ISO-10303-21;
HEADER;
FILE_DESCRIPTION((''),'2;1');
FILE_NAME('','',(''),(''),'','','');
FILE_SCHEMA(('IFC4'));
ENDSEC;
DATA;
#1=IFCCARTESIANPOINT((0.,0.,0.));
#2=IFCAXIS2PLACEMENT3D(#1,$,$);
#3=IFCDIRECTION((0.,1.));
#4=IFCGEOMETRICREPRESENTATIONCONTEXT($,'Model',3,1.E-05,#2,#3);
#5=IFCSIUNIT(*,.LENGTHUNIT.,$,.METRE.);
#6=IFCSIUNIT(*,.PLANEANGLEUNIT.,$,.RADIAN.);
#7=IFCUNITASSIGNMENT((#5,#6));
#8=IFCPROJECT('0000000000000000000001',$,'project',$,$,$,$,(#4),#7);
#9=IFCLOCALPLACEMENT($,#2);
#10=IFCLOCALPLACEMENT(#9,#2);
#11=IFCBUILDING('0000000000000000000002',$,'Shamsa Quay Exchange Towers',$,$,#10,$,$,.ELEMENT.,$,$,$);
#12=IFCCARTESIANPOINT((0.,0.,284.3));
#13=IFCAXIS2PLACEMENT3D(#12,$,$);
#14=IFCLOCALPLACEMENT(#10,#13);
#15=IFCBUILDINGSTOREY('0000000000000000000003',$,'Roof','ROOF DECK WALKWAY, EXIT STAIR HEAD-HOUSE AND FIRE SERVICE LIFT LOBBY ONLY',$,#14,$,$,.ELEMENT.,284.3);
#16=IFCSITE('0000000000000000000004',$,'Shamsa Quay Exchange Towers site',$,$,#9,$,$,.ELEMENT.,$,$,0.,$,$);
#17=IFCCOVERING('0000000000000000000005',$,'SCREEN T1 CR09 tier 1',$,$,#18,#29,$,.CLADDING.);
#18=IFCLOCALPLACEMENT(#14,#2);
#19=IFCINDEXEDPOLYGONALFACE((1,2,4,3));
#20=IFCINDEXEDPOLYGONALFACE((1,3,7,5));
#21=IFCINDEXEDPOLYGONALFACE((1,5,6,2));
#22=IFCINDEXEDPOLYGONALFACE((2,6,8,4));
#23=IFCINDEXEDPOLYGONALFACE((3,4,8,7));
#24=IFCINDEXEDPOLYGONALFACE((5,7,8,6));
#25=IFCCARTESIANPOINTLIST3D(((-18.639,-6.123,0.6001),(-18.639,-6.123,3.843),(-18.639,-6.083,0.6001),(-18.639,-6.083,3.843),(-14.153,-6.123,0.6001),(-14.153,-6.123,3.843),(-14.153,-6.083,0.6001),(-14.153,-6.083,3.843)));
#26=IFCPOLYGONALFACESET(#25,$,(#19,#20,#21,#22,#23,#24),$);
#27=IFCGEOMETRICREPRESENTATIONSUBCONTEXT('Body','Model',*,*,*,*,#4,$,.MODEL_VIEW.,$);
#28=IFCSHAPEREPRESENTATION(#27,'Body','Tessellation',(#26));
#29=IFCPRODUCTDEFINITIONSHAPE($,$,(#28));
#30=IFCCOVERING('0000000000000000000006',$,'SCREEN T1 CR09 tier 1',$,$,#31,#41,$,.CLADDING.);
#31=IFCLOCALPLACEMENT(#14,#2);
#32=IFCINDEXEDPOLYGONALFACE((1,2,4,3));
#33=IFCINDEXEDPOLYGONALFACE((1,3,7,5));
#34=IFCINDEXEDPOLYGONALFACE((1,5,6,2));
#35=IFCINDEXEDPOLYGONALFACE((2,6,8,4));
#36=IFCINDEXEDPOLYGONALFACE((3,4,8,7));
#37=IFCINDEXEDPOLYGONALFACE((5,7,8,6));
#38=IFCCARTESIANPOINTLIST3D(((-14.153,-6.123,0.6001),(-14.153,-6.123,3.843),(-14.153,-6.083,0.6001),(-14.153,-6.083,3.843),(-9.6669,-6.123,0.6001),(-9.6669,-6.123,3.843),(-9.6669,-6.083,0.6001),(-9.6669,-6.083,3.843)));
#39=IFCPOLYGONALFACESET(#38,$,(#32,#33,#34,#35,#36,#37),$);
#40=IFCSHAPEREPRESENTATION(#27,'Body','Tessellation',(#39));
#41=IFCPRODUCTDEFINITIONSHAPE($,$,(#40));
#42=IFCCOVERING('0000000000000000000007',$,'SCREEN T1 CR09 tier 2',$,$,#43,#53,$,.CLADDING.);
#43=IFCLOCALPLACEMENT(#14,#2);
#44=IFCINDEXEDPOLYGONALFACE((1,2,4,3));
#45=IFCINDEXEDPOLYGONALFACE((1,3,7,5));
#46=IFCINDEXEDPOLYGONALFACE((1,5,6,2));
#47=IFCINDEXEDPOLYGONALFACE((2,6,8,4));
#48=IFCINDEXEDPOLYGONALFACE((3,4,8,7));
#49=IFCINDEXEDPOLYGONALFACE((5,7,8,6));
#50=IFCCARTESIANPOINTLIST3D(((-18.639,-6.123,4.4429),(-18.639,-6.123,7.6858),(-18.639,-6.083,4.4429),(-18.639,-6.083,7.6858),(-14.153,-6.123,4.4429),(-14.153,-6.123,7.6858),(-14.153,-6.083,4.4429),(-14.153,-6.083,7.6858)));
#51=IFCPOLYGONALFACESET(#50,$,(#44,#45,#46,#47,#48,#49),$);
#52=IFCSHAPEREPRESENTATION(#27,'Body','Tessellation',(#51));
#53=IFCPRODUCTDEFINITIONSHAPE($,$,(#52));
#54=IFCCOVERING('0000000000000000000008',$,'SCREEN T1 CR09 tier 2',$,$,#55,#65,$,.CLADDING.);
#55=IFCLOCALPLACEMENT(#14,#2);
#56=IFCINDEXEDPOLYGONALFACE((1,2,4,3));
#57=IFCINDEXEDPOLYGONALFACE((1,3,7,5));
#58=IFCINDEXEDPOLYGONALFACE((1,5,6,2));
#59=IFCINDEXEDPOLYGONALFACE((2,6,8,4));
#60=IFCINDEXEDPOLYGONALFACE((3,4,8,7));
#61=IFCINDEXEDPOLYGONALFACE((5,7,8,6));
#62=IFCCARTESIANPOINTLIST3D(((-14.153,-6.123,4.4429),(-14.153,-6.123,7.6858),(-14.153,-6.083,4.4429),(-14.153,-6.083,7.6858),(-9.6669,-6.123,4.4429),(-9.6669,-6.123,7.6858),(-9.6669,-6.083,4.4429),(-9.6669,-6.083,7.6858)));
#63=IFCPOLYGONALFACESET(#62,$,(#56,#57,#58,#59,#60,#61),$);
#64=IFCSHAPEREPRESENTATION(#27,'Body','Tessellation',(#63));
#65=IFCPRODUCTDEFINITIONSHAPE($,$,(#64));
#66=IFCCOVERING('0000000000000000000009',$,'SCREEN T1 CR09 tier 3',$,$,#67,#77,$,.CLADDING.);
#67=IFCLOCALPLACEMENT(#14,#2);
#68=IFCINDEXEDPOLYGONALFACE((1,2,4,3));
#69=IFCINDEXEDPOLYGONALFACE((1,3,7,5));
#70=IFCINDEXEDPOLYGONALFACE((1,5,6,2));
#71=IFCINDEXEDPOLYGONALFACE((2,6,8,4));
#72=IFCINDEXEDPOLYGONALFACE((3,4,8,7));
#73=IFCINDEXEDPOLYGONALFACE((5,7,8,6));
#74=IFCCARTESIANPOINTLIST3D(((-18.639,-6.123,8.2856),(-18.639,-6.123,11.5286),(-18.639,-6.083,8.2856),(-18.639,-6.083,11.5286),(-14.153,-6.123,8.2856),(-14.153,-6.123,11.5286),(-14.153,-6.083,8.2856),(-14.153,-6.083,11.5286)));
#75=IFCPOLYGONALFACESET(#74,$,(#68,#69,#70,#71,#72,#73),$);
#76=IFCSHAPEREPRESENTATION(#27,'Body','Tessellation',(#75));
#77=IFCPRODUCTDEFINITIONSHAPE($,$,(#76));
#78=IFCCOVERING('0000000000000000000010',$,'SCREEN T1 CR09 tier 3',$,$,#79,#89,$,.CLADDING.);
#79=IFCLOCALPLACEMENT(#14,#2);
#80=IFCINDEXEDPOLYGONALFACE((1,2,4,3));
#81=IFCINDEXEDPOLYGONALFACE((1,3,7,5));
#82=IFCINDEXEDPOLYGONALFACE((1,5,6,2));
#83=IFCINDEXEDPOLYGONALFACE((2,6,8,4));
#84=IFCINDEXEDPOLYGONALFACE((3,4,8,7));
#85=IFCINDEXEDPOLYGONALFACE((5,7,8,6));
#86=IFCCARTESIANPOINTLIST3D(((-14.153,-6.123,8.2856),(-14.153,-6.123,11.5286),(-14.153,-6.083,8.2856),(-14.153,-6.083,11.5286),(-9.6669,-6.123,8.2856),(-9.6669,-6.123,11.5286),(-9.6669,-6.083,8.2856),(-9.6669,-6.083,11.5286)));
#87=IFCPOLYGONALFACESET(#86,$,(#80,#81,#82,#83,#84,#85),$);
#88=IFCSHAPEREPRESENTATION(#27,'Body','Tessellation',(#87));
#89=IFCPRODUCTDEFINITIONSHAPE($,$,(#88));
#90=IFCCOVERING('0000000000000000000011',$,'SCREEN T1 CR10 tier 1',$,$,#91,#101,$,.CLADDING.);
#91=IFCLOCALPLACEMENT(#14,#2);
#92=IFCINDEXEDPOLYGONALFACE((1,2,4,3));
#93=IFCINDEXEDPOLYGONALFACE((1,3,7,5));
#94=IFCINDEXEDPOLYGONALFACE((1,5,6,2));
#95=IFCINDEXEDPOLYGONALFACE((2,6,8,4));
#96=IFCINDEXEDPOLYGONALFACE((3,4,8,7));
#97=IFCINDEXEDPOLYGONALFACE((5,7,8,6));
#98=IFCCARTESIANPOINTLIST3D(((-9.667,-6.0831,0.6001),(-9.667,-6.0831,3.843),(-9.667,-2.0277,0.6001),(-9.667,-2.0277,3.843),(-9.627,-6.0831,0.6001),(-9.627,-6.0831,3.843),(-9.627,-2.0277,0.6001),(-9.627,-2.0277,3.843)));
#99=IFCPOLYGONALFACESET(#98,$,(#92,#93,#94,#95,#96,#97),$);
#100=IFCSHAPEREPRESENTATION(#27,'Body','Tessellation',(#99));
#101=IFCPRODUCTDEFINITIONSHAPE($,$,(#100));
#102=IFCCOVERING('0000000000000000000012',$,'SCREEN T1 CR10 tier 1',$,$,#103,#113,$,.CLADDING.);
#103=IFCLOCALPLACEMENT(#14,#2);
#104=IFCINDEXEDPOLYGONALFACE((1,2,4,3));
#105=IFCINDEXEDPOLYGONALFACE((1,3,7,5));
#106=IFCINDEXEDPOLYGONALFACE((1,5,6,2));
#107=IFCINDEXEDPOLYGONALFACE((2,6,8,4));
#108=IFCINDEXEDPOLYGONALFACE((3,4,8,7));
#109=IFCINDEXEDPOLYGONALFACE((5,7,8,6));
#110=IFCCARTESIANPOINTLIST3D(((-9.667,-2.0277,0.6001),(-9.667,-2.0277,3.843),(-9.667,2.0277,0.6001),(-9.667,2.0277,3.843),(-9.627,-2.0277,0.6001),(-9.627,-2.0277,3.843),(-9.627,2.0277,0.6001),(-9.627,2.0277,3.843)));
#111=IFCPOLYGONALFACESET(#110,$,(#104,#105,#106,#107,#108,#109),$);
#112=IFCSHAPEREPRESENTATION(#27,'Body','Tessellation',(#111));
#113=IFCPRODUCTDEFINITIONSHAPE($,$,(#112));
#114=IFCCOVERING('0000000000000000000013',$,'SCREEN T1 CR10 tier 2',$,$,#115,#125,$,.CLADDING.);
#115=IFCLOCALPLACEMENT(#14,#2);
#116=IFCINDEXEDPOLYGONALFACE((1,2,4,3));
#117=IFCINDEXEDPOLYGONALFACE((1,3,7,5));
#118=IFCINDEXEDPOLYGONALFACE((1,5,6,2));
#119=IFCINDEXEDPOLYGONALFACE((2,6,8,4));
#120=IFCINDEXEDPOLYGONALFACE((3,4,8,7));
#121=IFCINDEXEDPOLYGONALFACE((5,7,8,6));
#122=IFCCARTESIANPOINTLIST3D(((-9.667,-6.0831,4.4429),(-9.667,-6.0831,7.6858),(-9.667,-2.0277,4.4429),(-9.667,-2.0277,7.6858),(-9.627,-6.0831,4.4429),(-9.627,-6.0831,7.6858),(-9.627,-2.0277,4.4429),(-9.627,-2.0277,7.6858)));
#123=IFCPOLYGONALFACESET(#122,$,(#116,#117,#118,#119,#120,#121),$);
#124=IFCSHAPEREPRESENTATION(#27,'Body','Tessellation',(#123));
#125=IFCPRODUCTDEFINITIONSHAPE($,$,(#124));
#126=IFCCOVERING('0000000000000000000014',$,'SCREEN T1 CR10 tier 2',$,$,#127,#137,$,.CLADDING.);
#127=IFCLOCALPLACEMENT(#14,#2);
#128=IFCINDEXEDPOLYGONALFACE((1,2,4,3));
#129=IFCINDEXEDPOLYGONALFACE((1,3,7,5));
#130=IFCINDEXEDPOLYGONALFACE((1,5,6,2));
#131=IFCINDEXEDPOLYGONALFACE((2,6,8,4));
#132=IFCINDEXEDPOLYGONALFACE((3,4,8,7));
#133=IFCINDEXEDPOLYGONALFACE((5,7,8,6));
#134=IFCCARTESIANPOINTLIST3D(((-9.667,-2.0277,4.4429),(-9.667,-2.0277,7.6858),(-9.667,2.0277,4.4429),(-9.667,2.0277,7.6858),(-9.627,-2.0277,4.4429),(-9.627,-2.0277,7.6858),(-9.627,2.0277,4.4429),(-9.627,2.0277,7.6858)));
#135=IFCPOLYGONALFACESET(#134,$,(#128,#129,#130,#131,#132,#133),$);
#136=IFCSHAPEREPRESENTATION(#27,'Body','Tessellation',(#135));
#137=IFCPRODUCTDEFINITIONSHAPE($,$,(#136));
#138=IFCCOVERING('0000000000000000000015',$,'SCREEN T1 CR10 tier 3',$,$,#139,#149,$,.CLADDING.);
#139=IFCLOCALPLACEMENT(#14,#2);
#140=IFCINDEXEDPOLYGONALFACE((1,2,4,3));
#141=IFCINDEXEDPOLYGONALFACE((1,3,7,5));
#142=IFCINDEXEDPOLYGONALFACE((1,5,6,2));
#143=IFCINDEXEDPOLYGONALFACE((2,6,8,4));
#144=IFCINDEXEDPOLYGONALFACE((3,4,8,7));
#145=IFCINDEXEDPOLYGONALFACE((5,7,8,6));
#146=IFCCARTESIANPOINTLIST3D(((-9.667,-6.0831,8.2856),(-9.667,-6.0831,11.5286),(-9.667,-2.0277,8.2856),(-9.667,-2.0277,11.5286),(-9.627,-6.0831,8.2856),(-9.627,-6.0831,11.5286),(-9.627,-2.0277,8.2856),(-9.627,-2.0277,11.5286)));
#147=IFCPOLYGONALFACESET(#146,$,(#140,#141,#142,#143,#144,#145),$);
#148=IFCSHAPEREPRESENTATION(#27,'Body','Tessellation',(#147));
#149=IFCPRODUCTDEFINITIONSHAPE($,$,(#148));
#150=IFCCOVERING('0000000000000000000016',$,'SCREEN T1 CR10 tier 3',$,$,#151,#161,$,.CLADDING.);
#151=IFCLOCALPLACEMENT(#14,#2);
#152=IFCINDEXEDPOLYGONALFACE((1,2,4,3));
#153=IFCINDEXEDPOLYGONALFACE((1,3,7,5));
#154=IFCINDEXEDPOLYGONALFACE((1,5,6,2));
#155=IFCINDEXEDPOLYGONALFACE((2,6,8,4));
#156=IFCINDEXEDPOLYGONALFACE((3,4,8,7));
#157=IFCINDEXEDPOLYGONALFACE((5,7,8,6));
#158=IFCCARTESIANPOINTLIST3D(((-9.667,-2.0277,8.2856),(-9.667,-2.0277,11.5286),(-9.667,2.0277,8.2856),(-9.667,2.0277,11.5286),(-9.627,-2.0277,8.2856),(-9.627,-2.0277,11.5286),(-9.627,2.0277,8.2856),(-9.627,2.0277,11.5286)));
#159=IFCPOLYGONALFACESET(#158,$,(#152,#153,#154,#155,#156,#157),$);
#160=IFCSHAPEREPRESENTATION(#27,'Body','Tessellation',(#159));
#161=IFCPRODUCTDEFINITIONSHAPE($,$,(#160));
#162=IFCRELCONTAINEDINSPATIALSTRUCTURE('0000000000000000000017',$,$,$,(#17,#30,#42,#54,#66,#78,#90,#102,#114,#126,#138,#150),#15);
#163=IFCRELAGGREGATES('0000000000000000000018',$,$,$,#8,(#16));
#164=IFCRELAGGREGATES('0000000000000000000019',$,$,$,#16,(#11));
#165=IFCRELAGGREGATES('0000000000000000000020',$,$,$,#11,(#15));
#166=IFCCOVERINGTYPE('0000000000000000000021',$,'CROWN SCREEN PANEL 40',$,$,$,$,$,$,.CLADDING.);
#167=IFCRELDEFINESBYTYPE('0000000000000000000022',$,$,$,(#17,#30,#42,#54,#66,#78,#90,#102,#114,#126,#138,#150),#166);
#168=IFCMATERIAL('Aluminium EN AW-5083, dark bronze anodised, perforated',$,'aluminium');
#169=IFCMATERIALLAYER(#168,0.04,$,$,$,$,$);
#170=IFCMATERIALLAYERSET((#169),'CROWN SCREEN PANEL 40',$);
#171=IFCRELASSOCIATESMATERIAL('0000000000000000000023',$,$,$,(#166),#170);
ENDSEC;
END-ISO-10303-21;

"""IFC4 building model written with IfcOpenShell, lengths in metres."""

from ifc_helpers import new_model, si_unit, direction, frame, origin, origin_2d, place, context, subcontext, project, spatial, rectangle, extrude, material, layer, layer_set, type_object, element, save


model = new_model("IFC4")

# Units and contexts
model_context = context("Model", 3, precision=1e-05, world=origin(), true_north=direction((0.0, 1.0)))
body_context = subcontext(model_context, "Body", "Model", "MODEL_VIEW")
ifc_project = project(units=[si_unit("LENGTHUNIT", "METRE"), si_unit("PLANEANGLEUNIT", "RADIAN")], contexts=[model_context])

# Site, building, storey
site_placement = place(None, origin())
site = spatial("IfcSite", under=ifc_project, at=site_placement, Name="Shamsa Quay Exchange Towers site", CompositionType="ELEMENT", RefElevation=0.0)
building_placement = place(site_placement, origin())
building = spatial("IfcBuilding", under=site, at=building_placement, Name="Shamsa Quay Exchange Towers", CompositionType="ELEMENT")
storey_placement = place(building_placement, frame((0.0, 0.0, 284.3)))
storey = spatial("IfcBuildingStorey", under=building, at=storey_placement, Name="Roof", Description="ROOF DECK WALKWAY, EXIT STAIR HEAD-HOUSE AND FIRE SERVICE LIFT LOBBY ONLY", CompositionType="ELEMENT", Elevation=284.3)

# Coverings
ifc_material_1 = material(Name="Aluminium EN AW-5083, dark bronze anodised, perforated", Category="aluminium")
ifc_layer_1 = layer(ifc_material_1, 0.04)
ifc_layer_set_1 = layer_set([ifc_layer_1], Name="CROWN SCREEN PANEL 40")
covering_type = type_object("IfcCoveringType", Name="CROWN SCREEN PANEL 40", PredefinedType="CLADDING", material=ifc_layer_set_1)
for number, where, name in (
    (1, (-16.396, -6.103, 0.6001), "SCREEN T1 CR09 tier 1"),
    (2, (-11.9099, -6.103, 0.6001), "SCREEN T1 CR09 tier 1"),
    (3, (-16.396, -6.103, 4.4429), "SCREEN T1 CR09 tier 2"),
    (4, (-11.9099, -6.103, 4.4429), "SCREEN T1 CR09 tier 2"),
    (5, (-16.396, -6.103, 8.2856), "SCREEN T1 CR09 tier 3"),
    (6, (-11.9099, -6.103, 8.2856), "SCREEN T1 CR09 tier 3"),
):
    element("IfcCovering", number, at=place(storey_placement, frame(where)), inside=storey, type_object=covering_type, Name=name, PredefinedType="CLADDING", context=body_context, shape_type="SweptSolid", body=[
        extrude(rectangle(XDim=4.4861, YDim=0.04, at=origin_2d()), origin(), (0.0, 0.0, 1.0), 3.2429),
    ])
for number, where, z_axis, x_axis, name in (
    (7, (-9.647, -4.0554, 0.6001), (0.0, 0.0, 1.0), (0.0, 1.0, 0.0), "SCREEN T1 CR10 tier 1"),
    (8, (-9.647, 0.0, 0.6001), (0.0, 0.0, 1.0), (0.0, 1.0, 0.0), "SCREEN T1 CR10 tier 1"),
    (9, (-9.647, -4.0554, 4.4429), (0.0, 0.0, 1.0), (0.0, 1.0, 0.0), "SCREEN T1 CR10 tier 2"),
    (10, (-9.647, 0.0, 4.4429), (0.0, 0.0, 1.0), (0.0, 1.0, 0.0), "SCREEN T1 CR10 tier 2"),
    (11, (-9.647, -4.0554, 8.2856), (0.0, 0.0, 1.0), (0.0, 1.0, 0.0), "SCREEN T1 CR10 tier 3"),
    (12, (-9.647, 0.0, 8.2856), (0.0, 0.0, 1.0), (0.0, 1.0, 0.0), "SCREEN T1 CR10 tier 3"),
):
    element("IfcCovering", number, at=place(storey_placement, frame(where, z_axis=z_axis, x_axis=x_axis)), inside=storey, type_object=covering_type, Name=name, PredefinedType="CLADDING", context=body_context, shape_type="SweptSolid", body=[
        extrude(rectangle(XDim=4.0554, YDim=0.04, at=origin_2d()), origin(), (0.0, 0.0, 1.0), 3.2429),
    ])

save(model, "model.ifc")
